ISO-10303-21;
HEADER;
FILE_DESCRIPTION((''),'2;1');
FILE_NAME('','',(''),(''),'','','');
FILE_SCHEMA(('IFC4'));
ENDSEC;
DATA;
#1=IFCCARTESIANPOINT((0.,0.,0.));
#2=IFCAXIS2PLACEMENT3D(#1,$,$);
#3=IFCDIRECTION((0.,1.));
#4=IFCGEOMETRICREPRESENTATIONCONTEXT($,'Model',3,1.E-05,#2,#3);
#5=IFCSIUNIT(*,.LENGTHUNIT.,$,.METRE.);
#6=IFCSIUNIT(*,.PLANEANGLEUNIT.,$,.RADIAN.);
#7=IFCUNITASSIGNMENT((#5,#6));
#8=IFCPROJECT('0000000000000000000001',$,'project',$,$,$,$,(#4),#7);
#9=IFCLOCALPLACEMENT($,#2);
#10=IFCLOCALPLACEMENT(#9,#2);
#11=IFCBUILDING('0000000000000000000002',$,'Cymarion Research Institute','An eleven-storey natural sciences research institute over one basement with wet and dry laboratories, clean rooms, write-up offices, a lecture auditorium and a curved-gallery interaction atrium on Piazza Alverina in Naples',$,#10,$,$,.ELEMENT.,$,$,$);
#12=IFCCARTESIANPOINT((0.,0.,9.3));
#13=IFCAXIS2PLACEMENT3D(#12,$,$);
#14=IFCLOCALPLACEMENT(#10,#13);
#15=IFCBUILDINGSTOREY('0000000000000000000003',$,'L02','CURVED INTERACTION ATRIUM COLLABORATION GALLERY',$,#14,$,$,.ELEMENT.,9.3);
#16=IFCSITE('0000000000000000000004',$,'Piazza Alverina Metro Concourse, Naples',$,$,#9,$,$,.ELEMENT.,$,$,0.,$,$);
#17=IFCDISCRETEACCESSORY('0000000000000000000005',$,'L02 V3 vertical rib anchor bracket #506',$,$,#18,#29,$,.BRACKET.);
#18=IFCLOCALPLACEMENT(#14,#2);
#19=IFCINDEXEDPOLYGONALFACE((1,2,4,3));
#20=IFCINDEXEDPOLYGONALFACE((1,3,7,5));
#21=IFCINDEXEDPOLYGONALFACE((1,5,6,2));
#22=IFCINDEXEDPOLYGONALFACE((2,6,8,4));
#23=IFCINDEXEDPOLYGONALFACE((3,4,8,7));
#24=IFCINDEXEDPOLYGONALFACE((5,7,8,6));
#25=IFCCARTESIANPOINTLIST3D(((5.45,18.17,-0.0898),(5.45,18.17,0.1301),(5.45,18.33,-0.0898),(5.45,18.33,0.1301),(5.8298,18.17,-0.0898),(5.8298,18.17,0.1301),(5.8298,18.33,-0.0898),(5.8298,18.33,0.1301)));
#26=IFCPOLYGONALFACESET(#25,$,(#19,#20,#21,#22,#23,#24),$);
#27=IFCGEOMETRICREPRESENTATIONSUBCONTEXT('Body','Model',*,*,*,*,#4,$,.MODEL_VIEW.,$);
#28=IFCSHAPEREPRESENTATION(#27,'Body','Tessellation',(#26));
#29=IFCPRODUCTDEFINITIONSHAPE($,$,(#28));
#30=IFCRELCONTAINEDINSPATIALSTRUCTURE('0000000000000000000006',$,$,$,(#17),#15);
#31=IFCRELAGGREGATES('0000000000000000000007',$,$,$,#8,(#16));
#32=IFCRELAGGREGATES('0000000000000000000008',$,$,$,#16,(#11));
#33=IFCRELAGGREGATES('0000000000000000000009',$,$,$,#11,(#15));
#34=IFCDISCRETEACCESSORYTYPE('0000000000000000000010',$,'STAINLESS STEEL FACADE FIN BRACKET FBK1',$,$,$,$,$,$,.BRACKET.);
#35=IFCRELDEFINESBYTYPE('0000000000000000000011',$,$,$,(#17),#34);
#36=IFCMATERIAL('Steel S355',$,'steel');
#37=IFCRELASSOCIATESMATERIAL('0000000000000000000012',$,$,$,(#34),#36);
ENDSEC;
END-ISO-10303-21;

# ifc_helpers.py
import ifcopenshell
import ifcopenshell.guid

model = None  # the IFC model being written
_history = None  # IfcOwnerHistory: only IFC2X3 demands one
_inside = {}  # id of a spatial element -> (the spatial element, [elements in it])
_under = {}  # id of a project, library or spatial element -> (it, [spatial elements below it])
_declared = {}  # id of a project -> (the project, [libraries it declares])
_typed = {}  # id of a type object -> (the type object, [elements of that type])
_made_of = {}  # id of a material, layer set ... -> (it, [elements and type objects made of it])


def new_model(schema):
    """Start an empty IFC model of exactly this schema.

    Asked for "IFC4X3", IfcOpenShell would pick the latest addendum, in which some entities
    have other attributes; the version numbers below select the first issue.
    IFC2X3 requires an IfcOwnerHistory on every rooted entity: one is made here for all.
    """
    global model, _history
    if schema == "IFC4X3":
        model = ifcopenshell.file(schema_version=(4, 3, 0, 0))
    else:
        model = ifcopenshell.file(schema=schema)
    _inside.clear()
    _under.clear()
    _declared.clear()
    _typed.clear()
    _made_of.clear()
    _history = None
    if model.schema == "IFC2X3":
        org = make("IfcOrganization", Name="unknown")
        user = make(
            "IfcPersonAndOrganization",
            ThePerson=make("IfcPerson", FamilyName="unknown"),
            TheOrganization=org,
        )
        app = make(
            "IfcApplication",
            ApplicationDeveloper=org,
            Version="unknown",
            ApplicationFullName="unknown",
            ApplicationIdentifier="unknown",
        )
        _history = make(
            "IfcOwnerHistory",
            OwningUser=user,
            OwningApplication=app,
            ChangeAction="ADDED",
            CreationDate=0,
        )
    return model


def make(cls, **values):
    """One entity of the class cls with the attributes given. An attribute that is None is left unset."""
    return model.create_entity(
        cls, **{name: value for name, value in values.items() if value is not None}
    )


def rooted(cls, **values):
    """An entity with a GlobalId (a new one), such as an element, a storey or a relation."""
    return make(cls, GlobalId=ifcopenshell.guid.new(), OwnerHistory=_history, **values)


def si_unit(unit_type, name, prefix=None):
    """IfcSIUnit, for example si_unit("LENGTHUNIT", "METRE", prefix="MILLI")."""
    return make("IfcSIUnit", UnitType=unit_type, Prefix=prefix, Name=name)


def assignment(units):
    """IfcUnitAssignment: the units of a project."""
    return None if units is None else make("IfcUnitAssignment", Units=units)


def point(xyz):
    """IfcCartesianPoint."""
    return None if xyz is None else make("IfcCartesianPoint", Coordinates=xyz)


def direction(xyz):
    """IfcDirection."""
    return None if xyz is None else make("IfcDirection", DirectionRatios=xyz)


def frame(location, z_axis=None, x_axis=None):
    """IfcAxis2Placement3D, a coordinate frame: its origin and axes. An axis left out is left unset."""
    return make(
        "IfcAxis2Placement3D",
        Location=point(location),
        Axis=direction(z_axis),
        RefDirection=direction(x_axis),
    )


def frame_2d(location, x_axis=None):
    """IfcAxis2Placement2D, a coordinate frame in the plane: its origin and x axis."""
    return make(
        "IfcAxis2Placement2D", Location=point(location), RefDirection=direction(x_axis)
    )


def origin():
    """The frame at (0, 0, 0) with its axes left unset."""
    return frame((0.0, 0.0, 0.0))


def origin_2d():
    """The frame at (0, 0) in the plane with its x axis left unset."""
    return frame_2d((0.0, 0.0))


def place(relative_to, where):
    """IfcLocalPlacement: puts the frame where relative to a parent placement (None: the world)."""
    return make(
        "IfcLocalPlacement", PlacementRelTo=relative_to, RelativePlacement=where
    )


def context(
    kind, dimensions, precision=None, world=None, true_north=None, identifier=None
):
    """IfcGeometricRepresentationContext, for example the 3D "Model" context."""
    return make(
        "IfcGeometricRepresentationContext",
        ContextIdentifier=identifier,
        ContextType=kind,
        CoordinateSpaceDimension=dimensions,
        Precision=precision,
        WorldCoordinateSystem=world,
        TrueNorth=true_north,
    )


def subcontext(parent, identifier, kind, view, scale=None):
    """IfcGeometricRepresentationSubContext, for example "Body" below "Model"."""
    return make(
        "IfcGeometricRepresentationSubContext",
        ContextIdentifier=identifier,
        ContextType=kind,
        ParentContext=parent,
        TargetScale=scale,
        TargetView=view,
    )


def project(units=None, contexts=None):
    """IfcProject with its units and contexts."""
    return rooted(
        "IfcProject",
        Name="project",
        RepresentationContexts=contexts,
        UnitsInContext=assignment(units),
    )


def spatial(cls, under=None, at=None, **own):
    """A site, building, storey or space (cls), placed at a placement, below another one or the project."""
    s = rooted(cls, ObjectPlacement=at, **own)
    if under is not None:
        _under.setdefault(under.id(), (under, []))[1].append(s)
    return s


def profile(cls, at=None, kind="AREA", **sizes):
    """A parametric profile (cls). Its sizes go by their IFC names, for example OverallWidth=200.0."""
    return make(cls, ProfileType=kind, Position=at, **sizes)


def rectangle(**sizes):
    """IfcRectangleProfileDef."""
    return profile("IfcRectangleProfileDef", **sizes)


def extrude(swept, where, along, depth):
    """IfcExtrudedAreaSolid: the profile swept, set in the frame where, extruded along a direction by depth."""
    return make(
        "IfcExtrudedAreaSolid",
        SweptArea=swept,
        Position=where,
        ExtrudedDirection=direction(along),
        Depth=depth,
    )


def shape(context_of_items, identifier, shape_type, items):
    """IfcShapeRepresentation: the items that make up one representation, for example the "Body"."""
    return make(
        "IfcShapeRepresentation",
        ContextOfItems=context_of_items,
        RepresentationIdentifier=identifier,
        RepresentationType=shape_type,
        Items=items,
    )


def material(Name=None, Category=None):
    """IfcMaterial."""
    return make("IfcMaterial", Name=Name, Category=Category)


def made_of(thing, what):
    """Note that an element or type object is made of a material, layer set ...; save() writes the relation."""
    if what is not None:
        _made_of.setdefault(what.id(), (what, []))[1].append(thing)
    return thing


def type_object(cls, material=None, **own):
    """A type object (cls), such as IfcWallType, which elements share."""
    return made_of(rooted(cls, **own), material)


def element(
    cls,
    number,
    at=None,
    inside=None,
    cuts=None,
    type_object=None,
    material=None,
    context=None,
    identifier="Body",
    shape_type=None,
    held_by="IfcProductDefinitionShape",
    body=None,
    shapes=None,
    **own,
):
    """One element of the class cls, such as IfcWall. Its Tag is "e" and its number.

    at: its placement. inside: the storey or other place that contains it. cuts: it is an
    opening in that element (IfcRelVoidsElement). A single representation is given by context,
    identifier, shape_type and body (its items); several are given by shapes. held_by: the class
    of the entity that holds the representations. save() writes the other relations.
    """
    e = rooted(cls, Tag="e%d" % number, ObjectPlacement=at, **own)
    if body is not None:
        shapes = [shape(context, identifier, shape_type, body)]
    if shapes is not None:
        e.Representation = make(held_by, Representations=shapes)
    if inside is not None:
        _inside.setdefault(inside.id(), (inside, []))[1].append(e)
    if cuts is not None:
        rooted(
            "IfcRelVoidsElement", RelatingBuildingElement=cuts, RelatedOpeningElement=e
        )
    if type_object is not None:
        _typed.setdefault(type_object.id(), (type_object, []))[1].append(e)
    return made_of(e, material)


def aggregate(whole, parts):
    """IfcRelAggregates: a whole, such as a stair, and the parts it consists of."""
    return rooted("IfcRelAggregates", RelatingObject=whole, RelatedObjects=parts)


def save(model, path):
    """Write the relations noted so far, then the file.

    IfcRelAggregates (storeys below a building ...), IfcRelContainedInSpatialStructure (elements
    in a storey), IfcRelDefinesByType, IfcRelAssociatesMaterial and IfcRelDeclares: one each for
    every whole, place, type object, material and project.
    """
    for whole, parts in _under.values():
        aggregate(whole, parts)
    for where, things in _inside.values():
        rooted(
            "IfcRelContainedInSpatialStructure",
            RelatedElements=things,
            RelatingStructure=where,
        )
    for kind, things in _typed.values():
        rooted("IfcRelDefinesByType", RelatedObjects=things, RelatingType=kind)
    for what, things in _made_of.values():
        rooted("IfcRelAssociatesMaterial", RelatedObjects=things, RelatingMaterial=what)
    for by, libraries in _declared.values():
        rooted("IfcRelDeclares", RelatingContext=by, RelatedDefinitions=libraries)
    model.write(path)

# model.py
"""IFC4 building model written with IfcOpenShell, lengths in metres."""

from ifc_helpers import new_model, si_unit, direction, frame, origin, origin_2d, place, context, subcontext, project, spatial, rectangle, extrude, material, type_object, element, save


model = new_model("IFC4")

# Units and contexts
model_context = context("Model", 3, precision=1e-05, world=origin(), true_north=direction((0.0, 1.0)))
body_context = subcontext(model_context, "Body", "Model", "MODEL_VIEW")
ifc_project = project(units=[si_unit("LENGTHUNIT", "METRE"), si_unit("PLANEANGLEUNIT", "RADIAN")], contexts=[model_context])

# Site, building, storey
site_placement = place(None, origin())
site = spatial("IfcSite", under=ifc_project, at=site_placement, Name="Piazza Alverina Metro Concourse, Naples", CompositionType="ELEMENT", RefElevation=0.0)
building_placement = place(site_placement, origin())
building = spatial("IfcBuilding", under=site, at=building_placement, Name="Cymarion Research Institute", Description="An eleven-storey natural sciences research institute over one basement with wet and dry laboratories, clean rooms, write-up offices, a lecture auditorium and a curved-gallery interaction atrium on Piazza Alverina in Naples", CompositionType="ELEMENT")
storey_placement = place(building_placement, frame((0.0, 0.0, 9.3)))
storey = spatial("IfcBuildingStorey", under=building, at=storey_placement, Name="L02", Description="CURVED INTERACTION ATRIUM COLLABORATION GALLERY", CompositionType="ELEMENT", Elevation=9.3)

# Shared definitions
ifc_material_1 = material(Name="Steel S355", Category="steel")

# Discrete accessory
discrete_accessory_type = type_object("IfcDiscreteAccessoryType", Name="STAINLESS STEEL FACADE FIN BRACKET FBK1", PredefinedType="BRACKET", material=ifc_material_1)
for number, where, z_axis, x_axis, name in (
    (1, (5.6399, 18.25, -0.0898), (0.0, 0.0, 1.0), (-1.0, 0.0, 0.0), "L02 V3 vertical rib anchor bracket #506"),
):
    element("IfcDiscreteAccessory", number, at=place(storey_placement, frame(where, z_axis=z_axis, x_axis=x_axis)), inside=storey, type_object=discrete_accessory_type, Name=name, PredefinedType="BRACKET", context=body_context, shape_type="SweptSolid", body=[
        extrude(rectangle(XDim=0.3799, YDim=0.1599, at=origin_2d()), origin(), (0.0, 0.0, 1.0), 0.22),
    ])

save(model, "model.ifc")
